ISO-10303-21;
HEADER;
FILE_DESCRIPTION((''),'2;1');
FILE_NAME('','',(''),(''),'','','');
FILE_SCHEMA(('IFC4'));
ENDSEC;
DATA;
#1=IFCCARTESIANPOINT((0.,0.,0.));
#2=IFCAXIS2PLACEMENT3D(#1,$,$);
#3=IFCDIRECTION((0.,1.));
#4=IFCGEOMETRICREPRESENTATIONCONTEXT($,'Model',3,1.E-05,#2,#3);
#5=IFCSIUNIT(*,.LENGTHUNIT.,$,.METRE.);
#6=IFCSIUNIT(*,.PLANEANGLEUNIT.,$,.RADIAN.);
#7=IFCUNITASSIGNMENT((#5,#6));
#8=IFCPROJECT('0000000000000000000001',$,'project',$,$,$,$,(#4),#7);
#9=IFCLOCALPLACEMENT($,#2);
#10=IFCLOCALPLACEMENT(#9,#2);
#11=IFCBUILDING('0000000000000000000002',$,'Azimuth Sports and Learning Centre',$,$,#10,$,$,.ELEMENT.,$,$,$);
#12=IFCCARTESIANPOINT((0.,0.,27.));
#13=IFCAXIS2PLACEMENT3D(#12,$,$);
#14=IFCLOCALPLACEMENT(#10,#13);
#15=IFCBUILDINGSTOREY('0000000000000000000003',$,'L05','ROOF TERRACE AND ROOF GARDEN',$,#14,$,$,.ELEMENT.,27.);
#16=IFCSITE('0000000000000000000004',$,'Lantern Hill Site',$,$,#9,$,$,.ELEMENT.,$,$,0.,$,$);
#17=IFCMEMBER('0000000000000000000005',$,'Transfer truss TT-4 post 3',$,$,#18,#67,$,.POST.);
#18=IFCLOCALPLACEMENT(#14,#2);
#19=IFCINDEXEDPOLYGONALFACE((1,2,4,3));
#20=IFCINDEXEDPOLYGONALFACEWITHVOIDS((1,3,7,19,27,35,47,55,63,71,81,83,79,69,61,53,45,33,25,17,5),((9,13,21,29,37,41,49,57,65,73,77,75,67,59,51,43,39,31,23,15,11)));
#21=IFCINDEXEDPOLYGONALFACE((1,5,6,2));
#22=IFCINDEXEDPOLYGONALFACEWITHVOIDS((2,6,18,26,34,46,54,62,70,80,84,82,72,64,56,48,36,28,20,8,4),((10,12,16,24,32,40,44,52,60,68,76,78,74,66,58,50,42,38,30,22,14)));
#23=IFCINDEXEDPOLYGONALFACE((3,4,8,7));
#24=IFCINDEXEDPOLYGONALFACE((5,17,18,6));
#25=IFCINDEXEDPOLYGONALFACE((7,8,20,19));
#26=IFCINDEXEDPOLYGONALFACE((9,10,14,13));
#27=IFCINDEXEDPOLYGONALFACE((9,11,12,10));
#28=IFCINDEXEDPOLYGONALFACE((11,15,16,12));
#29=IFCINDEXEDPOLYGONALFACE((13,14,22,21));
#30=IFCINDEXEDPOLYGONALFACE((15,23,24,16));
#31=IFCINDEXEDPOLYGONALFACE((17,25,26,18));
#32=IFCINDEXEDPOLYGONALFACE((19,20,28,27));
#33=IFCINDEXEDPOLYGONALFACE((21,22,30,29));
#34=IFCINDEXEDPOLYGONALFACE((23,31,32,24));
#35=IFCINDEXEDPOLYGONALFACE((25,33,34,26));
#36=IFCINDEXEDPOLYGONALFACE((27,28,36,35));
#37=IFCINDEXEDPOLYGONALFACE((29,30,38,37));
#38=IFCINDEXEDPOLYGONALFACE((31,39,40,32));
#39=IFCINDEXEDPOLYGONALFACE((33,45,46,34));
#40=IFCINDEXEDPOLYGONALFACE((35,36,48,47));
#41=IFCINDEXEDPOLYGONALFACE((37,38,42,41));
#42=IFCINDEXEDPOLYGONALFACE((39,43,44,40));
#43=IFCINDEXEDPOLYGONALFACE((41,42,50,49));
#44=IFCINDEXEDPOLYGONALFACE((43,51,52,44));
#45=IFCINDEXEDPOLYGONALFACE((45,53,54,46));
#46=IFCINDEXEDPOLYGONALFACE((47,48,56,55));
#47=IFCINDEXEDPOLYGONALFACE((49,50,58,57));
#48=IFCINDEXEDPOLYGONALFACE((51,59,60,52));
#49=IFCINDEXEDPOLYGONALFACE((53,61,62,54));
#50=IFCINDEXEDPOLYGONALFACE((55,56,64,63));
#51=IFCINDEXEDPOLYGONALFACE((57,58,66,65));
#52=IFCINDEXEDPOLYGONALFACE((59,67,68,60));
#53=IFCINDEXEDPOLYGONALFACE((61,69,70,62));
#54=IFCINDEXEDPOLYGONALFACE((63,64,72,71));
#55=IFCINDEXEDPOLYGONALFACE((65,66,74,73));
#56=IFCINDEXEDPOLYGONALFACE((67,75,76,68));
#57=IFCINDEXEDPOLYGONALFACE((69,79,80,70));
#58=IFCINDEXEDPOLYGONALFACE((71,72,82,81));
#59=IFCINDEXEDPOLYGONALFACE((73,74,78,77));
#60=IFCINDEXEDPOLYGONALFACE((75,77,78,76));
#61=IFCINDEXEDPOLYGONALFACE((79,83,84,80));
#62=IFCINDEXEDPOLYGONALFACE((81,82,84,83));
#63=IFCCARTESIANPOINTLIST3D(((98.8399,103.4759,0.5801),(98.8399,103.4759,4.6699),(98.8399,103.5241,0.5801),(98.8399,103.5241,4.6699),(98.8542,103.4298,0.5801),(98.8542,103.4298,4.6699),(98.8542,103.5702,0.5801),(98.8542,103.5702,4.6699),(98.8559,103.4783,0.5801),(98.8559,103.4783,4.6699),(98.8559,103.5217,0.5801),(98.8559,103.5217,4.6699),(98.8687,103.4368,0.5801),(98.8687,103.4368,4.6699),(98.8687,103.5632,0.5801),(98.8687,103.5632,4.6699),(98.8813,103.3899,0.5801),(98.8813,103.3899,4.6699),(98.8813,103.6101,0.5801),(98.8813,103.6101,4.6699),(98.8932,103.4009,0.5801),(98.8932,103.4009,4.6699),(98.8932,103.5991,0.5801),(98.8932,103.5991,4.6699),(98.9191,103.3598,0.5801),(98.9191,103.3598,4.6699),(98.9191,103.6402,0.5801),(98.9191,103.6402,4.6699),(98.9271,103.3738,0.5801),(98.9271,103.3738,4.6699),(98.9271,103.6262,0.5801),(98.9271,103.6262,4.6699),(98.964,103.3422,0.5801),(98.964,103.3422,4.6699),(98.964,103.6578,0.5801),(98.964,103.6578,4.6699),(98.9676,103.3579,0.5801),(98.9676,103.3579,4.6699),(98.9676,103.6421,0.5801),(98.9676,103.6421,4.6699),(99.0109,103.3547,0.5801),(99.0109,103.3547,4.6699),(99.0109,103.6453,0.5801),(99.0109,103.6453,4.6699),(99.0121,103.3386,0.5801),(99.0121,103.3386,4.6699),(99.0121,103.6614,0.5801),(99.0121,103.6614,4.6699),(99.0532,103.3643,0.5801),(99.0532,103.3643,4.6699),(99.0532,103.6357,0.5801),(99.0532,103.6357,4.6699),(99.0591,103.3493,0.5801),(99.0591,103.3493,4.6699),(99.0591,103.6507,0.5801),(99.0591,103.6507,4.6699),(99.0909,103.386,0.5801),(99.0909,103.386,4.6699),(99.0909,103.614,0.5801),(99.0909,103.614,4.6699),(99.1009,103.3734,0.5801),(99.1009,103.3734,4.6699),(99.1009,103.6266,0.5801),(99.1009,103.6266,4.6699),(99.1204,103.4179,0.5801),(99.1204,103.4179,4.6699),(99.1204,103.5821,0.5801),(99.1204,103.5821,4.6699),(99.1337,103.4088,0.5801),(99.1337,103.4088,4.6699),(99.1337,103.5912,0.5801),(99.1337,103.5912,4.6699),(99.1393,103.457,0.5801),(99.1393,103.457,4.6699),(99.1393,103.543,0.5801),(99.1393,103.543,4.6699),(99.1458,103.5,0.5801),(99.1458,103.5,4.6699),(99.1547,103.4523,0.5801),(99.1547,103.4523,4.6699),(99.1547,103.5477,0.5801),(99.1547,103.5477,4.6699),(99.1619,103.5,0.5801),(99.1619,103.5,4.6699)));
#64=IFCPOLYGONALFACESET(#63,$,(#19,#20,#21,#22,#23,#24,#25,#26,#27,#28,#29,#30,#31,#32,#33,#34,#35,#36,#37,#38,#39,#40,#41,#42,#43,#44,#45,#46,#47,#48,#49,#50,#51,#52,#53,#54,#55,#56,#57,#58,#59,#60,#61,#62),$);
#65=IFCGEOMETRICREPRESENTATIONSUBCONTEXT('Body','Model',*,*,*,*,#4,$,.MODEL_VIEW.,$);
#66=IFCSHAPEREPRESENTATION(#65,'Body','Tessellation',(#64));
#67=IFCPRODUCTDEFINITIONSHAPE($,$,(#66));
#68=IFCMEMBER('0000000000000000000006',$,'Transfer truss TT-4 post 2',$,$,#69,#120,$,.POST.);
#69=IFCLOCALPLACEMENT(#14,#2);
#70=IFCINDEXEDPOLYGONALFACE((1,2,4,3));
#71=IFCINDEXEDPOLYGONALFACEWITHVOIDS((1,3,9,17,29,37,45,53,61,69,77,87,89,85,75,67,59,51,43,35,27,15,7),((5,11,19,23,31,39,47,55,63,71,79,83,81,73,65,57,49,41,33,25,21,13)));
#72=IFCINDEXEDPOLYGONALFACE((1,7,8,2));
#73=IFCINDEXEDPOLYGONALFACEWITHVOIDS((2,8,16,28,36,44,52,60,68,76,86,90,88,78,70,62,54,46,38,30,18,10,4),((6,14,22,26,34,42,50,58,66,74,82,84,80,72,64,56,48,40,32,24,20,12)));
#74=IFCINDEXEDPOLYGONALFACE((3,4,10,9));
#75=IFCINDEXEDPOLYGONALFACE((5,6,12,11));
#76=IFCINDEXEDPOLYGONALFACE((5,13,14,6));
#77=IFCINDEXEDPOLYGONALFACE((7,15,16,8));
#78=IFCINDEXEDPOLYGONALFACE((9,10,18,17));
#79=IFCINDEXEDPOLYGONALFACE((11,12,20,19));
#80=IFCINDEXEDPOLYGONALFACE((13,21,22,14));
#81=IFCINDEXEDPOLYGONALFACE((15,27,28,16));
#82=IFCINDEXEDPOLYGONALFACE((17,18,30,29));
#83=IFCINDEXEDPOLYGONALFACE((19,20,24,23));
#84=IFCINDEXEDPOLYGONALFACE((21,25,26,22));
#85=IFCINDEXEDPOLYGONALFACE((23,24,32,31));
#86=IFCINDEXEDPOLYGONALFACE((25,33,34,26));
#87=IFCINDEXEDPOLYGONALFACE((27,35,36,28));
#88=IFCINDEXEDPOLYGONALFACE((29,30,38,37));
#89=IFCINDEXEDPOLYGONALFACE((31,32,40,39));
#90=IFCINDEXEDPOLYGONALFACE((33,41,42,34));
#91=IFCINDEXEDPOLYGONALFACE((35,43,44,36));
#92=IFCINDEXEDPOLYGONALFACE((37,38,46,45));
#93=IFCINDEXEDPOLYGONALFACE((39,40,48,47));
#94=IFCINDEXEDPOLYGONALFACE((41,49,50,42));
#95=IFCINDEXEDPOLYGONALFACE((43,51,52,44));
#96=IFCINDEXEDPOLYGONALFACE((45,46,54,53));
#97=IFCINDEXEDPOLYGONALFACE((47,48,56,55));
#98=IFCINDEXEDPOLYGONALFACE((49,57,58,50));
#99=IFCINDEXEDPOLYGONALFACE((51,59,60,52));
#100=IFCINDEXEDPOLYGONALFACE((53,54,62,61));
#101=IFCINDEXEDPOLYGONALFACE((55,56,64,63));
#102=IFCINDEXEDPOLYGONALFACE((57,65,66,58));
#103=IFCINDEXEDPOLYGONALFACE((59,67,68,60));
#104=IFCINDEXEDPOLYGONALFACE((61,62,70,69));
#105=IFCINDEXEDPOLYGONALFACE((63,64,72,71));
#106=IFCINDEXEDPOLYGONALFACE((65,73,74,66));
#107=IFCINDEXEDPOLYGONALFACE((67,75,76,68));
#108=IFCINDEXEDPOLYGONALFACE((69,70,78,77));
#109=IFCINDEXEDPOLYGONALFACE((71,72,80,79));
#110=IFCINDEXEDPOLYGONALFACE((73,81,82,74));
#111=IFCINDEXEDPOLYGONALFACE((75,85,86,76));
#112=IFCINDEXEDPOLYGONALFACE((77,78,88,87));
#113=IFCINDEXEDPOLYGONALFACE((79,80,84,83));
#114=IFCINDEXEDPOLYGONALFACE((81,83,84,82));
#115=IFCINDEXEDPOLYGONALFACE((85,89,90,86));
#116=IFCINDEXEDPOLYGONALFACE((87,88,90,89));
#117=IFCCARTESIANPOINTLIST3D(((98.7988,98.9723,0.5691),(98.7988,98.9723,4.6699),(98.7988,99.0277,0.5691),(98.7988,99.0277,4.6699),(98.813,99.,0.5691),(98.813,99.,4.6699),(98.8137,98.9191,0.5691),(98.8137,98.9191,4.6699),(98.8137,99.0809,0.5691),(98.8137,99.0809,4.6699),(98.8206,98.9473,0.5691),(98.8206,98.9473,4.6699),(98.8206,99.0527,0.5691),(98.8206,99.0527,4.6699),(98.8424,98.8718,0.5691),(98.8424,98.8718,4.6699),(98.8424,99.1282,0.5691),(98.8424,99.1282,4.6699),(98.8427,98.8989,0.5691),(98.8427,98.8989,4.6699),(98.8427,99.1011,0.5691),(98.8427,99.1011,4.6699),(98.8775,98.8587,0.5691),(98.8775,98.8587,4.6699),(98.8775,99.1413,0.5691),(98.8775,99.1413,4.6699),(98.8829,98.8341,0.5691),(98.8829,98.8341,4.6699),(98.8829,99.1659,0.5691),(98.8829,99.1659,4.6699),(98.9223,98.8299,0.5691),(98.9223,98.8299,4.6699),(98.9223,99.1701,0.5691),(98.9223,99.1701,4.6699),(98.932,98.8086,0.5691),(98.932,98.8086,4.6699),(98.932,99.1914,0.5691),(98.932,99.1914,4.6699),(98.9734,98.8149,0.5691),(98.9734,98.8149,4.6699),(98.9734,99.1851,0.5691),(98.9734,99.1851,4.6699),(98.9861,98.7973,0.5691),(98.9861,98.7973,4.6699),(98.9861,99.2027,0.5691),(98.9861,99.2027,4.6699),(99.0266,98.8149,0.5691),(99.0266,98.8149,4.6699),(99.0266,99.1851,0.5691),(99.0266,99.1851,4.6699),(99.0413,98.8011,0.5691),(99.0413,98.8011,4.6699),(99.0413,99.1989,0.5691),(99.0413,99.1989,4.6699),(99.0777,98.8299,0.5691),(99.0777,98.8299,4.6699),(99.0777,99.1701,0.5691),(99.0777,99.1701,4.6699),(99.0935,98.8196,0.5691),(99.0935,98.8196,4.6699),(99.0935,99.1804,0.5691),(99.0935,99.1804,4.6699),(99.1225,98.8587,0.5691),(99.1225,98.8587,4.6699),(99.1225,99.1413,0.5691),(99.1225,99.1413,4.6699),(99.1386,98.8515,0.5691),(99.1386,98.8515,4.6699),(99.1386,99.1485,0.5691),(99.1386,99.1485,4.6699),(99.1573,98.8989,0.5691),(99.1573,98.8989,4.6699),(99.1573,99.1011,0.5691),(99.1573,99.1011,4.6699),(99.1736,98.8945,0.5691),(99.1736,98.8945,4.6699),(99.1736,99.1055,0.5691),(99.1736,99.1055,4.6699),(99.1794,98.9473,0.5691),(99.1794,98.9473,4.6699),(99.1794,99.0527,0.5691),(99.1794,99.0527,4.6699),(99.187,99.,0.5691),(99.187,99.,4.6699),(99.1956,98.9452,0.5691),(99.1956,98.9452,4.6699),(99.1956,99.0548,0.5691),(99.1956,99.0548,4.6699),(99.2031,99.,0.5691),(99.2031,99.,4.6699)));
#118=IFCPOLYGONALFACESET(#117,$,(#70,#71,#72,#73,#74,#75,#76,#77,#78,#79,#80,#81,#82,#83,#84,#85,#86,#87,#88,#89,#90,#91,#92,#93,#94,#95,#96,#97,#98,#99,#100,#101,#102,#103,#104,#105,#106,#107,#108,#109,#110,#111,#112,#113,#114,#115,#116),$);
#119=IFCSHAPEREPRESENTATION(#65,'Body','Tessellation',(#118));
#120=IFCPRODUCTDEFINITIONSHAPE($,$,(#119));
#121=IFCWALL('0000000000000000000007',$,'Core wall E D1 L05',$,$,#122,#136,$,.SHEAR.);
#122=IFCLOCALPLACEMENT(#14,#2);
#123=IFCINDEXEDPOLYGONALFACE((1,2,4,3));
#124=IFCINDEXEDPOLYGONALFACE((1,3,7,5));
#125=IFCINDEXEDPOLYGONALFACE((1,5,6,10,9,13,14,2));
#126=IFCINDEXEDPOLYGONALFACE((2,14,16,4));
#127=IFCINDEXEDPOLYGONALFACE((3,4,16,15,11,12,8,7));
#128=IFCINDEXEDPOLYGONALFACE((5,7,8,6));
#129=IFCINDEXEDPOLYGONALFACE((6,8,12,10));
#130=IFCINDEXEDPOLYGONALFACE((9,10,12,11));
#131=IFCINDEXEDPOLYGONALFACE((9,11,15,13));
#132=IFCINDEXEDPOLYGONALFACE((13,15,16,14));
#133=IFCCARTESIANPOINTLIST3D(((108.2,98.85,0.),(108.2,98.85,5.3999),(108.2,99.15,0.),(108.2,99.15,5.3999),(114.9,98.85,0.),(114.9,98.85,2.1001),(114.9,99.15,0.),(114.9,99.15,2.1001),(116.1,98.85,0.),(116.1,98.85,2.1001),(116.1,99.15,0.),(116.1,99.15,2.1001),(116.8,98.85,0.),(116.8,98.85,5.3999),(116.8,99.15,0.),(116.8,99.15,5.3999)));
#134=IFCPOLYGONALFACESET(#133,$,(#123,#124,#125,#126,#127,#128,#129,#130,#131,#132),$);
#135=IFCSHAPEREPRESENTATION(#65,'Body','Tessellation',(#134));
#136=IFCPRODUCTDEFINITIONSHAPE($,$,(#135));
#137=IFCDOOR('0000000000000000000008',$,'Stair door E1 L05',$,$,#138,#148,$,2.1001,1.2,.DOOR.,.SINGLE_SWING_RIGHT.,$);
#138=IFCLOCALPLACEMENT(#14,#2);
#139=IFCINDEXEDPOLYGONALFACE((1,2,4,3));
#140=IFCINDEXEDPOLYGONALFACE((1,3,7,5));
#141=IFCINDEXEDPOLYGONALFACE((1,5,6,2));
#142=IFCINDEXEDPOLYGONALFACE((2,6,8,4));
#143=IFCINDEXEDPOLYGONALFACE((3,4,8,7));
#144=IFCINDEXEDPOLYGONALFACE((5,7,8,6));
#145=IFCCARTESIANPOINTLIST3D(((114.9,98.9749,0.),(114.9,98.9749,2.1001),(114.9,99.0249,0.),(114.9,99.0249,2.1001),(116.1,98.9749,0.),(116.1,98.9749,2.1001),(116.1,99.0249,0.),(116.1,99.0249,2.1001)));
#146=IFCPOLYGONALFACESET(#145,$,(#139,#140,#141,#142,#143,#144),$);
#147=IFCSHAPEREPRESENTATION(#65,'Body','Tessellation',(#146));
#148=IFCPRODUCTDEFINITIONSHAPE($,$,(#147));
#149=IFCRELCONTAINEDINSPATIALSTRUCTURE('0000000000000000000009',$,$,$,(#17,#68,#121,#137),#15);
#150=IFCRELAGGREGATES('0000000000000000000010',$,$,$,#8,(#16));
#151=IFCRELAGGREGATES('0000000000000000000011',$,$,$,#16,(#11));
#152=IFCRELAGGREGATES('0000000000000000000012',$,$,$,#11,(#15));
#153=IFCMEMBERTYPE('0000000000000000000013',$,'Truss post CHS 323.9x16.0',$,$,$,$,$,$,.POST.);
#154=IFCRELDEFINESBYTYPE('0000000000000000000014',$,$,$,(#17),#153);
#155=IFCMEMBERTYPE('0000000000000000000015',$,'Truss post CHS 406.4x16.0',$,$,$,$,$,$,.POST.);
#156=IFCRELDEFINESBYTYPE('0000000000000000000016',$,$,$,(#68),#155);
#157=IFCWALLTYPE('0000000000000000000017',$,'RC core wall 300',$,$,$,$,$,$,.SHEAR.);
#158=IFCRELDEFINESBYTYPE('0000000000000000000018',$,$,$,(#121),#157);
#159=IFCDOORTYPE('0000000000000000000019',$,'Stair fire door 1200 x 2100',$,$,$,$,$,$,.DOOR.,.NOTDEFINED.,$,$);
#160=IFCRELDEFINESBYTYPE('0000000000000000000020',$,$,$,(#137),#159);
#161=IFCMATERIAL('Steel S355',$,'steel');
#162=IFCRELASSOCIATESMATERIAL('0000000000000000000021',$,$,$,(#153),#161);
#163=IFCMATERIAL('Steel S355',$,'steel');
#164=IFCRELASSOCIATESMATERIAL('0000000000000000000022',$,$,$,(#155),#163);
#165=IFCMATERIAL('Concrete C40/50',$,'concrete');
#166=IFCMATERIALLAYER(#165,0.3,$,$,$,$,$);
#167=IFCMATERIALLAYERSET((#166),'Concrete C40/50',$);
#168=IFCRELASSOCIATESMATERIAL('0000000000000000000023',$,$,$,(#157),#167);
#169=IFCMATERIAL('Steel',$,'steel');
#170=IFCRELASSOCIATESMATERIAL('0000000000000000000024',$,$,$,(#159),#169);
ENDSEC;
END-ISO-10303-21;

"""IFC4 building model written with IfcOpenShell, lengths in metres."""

from ifc_helpers import new_model, si_unit, direction, frame, frame_2d, origin, origin_2d, place, context, subcontext, project, spatial, rectangle, hollow_circle, extrude, material, layer, layer_set, material_profile, profile_set, type_object, element, fill, save


model = new_model("IFC4")

# Units and contexts
model_context = context("Model", 3, precision=1e-05, world=origin(), true_north=direction((0.0, 1.0)))
body_context = subcontext(model_context, "Body", "Model", "MODEL_VIEW")
ifc_project = project(units=[si_unit("LENGTHUNIT", "METRE"), si_unit("PLANEANGLEUNIT", "RADIAN")], contexts=[model_context])

# Site, building, storey
site_placement = place(None, origin())
site = spatial("IfcSite", under=ifc_project, at=site_placement, Name="Lantern Hill Site", CompositionType="ELEMENT", RefElevation=0.0)
building_placement = place(site_placement, origin())
building = spatial("IfcBuilding", under=site, at=building_placement, Name="Azimuth Sports and Learning Centre", CompositionType="ELEMENT")
storey_placement = place(building_placement, frame((0.0, 0.0, 27.0)))
storey = spatial("IfcBuildingStorey", under=building, at=storey_placement, Name="L05", Description="ROOF TERRACE AND ROOF GARDEN", CompositionType="ELEMENT", Elevation=27.0)

# Members
ifc_material_1 = material(Name="Steel S355", Category="steel")
ifc_material_profile_1 = material_profile(ifc_material_1, hollow_circle(Radius=0.1619, WallThickness=0.0161, at=origin_2d()), Name="CHS 323.9x16.0")
ifc_profile_set_1 = profile_set([ifc_material_profile_1], Name="Steel S355")
member_type_1 = type_object("IfcMemberType", Name="Truss post CHS 323.9x16.0", PredefinedType="POST", material=ifc_profile_set_1)
member_1_placement = place(storey_placement, frame((99.0, 103.5, 0.5801), z_axis=(0.0, 0.0, 1.0), x_axis=(1.0, 0.0, 0.0)))
element("IfcMember", 1, at=member_1_placement, inside=storey, type_object=member_type_1, Name="Transfer truss TT-4 post 3", PredefinedType="POST", context=body_context, shape_type="SweptSolid", body=[
    extrude(hollow_circle(Radius=0.1619, WallThickness=0.0161, at=origin_2d()), origin(), (0.0, 0.0, 1.0), 4.0898),
])
ifc_material_2 = material(Name="Steel S355", Category="steel")
ifc_material_profile_2 = material_profile(ifc_material_2, hollow_circle(Radius=0.2031, WallThickness=0.0161, at=origin_2d()), Name="CHS 406.4x16.0")
ifc_profile_set_2 = profile_set([ifc_material_profile_2], Name="Steel S355")
member_type_2 = type_object("IfcMemberType", Name="Truss post CHS 406.4x16.0", PredefinedType="POST", material=ifc_profile_set_2)
member_2_placement = place(storey_placement, frame((99.0, 99.0, 0.5691), z_axis=(0.0, 0.0, 1.0), x_axis=(1.0, 0.0, 0.0)))
element("IfcMember", 2, at=member_2_placement, inside=storey, type_object=member_type_2, Name="Transfer truss TT-4 post 2", PredefinedType="POST", context=body_context, shape_type="SweptSolid", body=[
    extrude(hollow_circle(Radius=0.2031, WallThickness=0.0161, at=origin_2d()), origin(), (0.0, 0.0, 1.0), 4.1008),
])

# Wall, opening, door
ifc_material_3 = material(Name="Concrete C40/50", Category="concrete")
ifc_layer = layer(ifc_material_3, 0.3)
ifc_layer_set = layer_set([ifc_layer], Name="Concrete C40/50")
wall_type = type_object("IfcWallType", Name="RC core wall 300", PredefinedType="SHEAR", material=ifc_layer_set)
wall_placement = place(storey_placement, frame((108.2, 99.0, 0.0), z_axis=(0.0, 0.0, 1.0), x_axis=(1.0, 0.0, 0.0)))
wall = element("IfcWall", 3, at=wall_placement, inside=storey, type_object=wall_type, Name="Core wall E D1 L05", PredefinedType="SHEAR", context=body_context, shape_type="SweptSolid", body=[
    extrude(rectangle(XDim=8.6001, YDim=0.3, at=frame_2d((4.3, 0.0))), origin(), (0.0, 0.0, 1.0), 5.3999),
])
opening_placement = place(wall_placement, frame((6.7, 0.0, 0.0)))
opening = element("IfcOpeningElement", 4, at=opening_placement, cuts=wall, PredefinedType="OPENING", context=body_context, shape_type="SweptSolid", body=[
    extrude(rectangle(XDim=1.2, YDim=2.1001, at=frame_2d((0.6001, 1.05))), frame((0.0, 0.1611, 0.0), z_axis=(0.0, -1.0, 0.0), x_axis=(1.0, 0.0, 0.0)), (0.0, 0.0, 1.0), 0.322),
])
ifc_material_4 = material(Name="Steel", Category="steel")
door_type = type_object("IfcDoorType", Name="Stair fire door 1200 x 2100", OperationType="NOTDEFINED", PredefinedType="DOOR", material=ifc_material_4)
door_placement = place(opening_placement, origin())
door = element("IfcDoor", 5, at=door_placement, inside=storey, type_object=door_type, Name="Stair door E1 L05", OperationType="SINGLE_SWING_RIGHT", OverallHeight=2.1001, OverallWidth=1.2, PredefinedType="DOOR", context=body_context, shape_type="SweptSolid", body=[
    extrude(rectangle(XDim=1.2, YDim=2.1001, at=frame_2d((0.6001, 1.05))), frame((0.0, 0.0249, 0.0), z_axis=(0.0, -1.0, 0.0), x_axis=(1.0, 0.0, 0.0)), (0.0, 0.0, 1.0), 0.05),
])
fill(opening, door)

save(model, "model.ifc")
